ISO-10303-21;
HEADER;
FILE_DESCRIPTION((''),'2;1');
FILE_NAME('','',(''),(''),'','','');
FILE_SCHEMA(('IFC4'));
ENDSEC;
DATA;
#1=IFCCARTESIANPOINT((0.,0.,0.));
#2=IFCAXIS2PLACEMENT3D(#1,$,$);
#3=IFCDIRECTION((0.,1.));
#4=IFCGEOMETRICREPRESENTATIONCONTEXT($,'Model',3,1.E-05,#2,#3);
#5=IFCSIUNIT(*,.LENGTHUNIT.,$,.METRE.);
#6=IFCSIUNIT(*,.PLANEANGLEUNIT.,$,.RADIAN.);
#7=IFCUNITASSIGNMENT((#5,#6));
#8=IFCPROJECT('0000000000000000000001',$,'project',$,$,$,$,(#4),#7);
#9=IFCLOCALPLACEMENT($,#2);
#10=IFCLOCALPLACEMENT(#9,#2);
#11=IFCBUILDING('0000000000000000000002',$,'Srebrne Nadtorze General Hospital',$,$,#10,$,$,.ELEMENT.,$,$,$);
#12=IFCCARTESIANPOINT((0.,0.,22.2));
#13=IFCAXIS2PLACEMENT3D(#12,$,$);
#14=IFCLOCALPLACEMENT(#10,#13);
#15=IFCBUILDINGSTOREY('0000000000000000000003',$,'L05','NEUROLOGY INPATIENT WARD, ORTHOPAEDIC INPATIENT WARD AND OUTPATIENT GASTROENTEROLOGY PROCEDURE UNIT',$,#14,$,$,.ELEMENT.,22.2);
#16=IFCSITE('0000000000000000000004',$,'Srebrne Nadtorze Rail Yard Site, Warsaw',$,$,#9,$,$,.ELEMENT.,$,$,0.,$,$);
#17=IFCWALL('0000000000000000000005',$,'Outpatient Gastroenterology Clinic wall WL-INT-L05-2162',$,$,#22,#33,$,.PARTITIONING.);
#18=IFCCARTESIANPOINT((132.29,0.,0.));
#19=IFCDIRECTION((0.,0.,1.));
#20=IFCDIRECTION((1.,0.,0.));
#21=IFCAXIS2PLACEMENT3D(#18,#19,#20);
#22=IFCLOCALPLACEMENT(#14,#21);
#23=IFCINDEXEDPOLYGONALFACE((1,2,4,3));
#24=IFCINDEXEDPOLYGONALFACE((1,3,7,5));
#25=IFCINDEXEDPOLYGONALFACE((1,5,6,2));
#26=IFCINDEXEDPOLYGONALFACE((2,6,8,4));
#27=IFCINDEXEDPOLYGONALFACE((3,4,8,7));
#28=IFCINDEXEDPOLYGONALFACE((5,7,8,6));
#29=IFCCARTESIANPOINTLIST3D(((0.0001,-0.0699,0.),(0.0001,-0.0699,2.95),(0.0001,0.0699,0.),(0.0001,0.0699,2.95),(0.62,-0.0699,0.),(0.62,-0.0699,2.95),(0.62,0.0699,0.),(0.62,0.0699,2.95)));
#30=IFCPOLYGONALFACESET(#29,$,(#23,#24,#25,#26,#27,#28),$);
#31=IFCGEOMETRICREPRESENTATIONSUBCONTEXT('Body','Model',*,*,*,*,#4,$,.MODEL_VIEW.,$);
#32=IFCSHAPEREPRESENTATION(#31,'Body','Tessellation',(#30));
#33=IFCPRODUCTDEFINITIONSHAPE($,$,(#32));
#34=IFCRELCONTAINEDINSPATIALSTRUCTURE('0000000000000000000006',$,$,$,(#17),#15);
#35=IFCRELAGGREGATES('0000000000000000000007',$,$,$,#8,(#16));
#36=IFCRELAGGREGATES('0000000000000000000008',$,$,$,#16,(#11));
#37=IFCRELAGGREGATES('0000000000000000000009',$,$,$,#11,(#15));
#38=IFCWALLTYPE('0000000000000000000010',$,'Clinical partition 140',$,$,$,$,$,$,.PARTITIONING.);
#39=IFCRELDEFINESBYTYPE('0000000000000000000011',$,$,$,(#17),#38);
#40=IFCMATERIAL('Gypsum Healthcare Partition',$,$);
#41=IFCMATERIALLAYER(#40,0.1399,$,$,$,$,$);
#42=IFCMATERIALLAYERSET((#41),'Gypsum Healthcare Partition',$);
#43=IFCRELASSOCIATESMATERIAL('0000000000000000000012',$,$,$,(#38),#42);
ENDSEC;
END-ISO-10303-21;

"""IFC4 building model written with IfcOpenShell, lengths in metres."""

from ifc_helpers import new_model, si_unit, direction, frame, frame_2d, origin, place, context, subcontext, project, spatial, rectangle, extrude, material, layer, layer_set, type_object, element, save


model = new_model("IFC4")

# Units and contexts
model_context = context("Model", 3, precision=1e-05, world=origin(), true_north=direction((0.0, 1.0)))
body_context = subcontext(model_context, "Body", "Model", "MODEL_VIEW")
ifc_project = project(units=[si_unit("LENGTHUNIT", "METRE"), si_unit("PLANEANGLEUNIT", "RADIAN")], contexts=[model_context])

# Site, building, storey
site_placement = place(None, origin())
site = spatial("IfcSite", under=ifc_project, at=site_placement, Name="Srebrne Nadtorze Rail Yard Site, Warsaw", CompositionType="ELEMENT", RefElevation=0.0)
building_placement = place(site_placement, origin())
building = spatial("IfcBuilding", under=site, at=building_placement, Name="Srebrne Nadtorze General Hospital", CompositionType="ELEMENT")
storey_placement = place(building_placement, frame((0.0, 0.0, 22.2)))
storey = spatial("IfcBuildingStorey", under=building, at=storey_placement, Name="L05", Description="NEUROLOGY INPATIENT WARD, ORTHOPAEDIC INPATIENT WARD AND OUTPATIENT GASTROENTEROLOGY PROCEDURE UNIT", CompositionType="ELEMENT", Elevation=22.2)

# Wall
ifc_material_1 = material(Name="Gypsum Healthcare Partition")
ifc_layer_1 = layer(ifc_material_1, 0.1399)
ifc_layer_set_1 = layer_set([ifc_layer_1], Name="Gypsum Healthcare Partition")
wall_type_1 = type_object("IfcWallType", Name="Clinical partition 140", PredefinedType="PARTITIONING", material=ifc_layer_set_1)
wall_1_placement = place(storey_placement, frame((132.29, 0.0, 0.0), z_axis=(0.0, 0.0, 1.0), x_axis=(1.0, 0.0, 0.0)))
element("IfcWall", 1, at=wall_1_placement, inside=storey, type_object=wall_type_1, Name="Outpatient Gastroenterology Clinic wall WL-INT-L05-2162", PredefinedType="PARTITIONING", context=body_context, shape_type="SweptSolid", body=[
    extrude(rectangle(XDim=0.6199, YDim=0.1399, at=frame_2d((0.3101, 0.0))), origin(), (0.0, 0.0, 1.0), 2.95),
])

save(model, "model.ifc")
